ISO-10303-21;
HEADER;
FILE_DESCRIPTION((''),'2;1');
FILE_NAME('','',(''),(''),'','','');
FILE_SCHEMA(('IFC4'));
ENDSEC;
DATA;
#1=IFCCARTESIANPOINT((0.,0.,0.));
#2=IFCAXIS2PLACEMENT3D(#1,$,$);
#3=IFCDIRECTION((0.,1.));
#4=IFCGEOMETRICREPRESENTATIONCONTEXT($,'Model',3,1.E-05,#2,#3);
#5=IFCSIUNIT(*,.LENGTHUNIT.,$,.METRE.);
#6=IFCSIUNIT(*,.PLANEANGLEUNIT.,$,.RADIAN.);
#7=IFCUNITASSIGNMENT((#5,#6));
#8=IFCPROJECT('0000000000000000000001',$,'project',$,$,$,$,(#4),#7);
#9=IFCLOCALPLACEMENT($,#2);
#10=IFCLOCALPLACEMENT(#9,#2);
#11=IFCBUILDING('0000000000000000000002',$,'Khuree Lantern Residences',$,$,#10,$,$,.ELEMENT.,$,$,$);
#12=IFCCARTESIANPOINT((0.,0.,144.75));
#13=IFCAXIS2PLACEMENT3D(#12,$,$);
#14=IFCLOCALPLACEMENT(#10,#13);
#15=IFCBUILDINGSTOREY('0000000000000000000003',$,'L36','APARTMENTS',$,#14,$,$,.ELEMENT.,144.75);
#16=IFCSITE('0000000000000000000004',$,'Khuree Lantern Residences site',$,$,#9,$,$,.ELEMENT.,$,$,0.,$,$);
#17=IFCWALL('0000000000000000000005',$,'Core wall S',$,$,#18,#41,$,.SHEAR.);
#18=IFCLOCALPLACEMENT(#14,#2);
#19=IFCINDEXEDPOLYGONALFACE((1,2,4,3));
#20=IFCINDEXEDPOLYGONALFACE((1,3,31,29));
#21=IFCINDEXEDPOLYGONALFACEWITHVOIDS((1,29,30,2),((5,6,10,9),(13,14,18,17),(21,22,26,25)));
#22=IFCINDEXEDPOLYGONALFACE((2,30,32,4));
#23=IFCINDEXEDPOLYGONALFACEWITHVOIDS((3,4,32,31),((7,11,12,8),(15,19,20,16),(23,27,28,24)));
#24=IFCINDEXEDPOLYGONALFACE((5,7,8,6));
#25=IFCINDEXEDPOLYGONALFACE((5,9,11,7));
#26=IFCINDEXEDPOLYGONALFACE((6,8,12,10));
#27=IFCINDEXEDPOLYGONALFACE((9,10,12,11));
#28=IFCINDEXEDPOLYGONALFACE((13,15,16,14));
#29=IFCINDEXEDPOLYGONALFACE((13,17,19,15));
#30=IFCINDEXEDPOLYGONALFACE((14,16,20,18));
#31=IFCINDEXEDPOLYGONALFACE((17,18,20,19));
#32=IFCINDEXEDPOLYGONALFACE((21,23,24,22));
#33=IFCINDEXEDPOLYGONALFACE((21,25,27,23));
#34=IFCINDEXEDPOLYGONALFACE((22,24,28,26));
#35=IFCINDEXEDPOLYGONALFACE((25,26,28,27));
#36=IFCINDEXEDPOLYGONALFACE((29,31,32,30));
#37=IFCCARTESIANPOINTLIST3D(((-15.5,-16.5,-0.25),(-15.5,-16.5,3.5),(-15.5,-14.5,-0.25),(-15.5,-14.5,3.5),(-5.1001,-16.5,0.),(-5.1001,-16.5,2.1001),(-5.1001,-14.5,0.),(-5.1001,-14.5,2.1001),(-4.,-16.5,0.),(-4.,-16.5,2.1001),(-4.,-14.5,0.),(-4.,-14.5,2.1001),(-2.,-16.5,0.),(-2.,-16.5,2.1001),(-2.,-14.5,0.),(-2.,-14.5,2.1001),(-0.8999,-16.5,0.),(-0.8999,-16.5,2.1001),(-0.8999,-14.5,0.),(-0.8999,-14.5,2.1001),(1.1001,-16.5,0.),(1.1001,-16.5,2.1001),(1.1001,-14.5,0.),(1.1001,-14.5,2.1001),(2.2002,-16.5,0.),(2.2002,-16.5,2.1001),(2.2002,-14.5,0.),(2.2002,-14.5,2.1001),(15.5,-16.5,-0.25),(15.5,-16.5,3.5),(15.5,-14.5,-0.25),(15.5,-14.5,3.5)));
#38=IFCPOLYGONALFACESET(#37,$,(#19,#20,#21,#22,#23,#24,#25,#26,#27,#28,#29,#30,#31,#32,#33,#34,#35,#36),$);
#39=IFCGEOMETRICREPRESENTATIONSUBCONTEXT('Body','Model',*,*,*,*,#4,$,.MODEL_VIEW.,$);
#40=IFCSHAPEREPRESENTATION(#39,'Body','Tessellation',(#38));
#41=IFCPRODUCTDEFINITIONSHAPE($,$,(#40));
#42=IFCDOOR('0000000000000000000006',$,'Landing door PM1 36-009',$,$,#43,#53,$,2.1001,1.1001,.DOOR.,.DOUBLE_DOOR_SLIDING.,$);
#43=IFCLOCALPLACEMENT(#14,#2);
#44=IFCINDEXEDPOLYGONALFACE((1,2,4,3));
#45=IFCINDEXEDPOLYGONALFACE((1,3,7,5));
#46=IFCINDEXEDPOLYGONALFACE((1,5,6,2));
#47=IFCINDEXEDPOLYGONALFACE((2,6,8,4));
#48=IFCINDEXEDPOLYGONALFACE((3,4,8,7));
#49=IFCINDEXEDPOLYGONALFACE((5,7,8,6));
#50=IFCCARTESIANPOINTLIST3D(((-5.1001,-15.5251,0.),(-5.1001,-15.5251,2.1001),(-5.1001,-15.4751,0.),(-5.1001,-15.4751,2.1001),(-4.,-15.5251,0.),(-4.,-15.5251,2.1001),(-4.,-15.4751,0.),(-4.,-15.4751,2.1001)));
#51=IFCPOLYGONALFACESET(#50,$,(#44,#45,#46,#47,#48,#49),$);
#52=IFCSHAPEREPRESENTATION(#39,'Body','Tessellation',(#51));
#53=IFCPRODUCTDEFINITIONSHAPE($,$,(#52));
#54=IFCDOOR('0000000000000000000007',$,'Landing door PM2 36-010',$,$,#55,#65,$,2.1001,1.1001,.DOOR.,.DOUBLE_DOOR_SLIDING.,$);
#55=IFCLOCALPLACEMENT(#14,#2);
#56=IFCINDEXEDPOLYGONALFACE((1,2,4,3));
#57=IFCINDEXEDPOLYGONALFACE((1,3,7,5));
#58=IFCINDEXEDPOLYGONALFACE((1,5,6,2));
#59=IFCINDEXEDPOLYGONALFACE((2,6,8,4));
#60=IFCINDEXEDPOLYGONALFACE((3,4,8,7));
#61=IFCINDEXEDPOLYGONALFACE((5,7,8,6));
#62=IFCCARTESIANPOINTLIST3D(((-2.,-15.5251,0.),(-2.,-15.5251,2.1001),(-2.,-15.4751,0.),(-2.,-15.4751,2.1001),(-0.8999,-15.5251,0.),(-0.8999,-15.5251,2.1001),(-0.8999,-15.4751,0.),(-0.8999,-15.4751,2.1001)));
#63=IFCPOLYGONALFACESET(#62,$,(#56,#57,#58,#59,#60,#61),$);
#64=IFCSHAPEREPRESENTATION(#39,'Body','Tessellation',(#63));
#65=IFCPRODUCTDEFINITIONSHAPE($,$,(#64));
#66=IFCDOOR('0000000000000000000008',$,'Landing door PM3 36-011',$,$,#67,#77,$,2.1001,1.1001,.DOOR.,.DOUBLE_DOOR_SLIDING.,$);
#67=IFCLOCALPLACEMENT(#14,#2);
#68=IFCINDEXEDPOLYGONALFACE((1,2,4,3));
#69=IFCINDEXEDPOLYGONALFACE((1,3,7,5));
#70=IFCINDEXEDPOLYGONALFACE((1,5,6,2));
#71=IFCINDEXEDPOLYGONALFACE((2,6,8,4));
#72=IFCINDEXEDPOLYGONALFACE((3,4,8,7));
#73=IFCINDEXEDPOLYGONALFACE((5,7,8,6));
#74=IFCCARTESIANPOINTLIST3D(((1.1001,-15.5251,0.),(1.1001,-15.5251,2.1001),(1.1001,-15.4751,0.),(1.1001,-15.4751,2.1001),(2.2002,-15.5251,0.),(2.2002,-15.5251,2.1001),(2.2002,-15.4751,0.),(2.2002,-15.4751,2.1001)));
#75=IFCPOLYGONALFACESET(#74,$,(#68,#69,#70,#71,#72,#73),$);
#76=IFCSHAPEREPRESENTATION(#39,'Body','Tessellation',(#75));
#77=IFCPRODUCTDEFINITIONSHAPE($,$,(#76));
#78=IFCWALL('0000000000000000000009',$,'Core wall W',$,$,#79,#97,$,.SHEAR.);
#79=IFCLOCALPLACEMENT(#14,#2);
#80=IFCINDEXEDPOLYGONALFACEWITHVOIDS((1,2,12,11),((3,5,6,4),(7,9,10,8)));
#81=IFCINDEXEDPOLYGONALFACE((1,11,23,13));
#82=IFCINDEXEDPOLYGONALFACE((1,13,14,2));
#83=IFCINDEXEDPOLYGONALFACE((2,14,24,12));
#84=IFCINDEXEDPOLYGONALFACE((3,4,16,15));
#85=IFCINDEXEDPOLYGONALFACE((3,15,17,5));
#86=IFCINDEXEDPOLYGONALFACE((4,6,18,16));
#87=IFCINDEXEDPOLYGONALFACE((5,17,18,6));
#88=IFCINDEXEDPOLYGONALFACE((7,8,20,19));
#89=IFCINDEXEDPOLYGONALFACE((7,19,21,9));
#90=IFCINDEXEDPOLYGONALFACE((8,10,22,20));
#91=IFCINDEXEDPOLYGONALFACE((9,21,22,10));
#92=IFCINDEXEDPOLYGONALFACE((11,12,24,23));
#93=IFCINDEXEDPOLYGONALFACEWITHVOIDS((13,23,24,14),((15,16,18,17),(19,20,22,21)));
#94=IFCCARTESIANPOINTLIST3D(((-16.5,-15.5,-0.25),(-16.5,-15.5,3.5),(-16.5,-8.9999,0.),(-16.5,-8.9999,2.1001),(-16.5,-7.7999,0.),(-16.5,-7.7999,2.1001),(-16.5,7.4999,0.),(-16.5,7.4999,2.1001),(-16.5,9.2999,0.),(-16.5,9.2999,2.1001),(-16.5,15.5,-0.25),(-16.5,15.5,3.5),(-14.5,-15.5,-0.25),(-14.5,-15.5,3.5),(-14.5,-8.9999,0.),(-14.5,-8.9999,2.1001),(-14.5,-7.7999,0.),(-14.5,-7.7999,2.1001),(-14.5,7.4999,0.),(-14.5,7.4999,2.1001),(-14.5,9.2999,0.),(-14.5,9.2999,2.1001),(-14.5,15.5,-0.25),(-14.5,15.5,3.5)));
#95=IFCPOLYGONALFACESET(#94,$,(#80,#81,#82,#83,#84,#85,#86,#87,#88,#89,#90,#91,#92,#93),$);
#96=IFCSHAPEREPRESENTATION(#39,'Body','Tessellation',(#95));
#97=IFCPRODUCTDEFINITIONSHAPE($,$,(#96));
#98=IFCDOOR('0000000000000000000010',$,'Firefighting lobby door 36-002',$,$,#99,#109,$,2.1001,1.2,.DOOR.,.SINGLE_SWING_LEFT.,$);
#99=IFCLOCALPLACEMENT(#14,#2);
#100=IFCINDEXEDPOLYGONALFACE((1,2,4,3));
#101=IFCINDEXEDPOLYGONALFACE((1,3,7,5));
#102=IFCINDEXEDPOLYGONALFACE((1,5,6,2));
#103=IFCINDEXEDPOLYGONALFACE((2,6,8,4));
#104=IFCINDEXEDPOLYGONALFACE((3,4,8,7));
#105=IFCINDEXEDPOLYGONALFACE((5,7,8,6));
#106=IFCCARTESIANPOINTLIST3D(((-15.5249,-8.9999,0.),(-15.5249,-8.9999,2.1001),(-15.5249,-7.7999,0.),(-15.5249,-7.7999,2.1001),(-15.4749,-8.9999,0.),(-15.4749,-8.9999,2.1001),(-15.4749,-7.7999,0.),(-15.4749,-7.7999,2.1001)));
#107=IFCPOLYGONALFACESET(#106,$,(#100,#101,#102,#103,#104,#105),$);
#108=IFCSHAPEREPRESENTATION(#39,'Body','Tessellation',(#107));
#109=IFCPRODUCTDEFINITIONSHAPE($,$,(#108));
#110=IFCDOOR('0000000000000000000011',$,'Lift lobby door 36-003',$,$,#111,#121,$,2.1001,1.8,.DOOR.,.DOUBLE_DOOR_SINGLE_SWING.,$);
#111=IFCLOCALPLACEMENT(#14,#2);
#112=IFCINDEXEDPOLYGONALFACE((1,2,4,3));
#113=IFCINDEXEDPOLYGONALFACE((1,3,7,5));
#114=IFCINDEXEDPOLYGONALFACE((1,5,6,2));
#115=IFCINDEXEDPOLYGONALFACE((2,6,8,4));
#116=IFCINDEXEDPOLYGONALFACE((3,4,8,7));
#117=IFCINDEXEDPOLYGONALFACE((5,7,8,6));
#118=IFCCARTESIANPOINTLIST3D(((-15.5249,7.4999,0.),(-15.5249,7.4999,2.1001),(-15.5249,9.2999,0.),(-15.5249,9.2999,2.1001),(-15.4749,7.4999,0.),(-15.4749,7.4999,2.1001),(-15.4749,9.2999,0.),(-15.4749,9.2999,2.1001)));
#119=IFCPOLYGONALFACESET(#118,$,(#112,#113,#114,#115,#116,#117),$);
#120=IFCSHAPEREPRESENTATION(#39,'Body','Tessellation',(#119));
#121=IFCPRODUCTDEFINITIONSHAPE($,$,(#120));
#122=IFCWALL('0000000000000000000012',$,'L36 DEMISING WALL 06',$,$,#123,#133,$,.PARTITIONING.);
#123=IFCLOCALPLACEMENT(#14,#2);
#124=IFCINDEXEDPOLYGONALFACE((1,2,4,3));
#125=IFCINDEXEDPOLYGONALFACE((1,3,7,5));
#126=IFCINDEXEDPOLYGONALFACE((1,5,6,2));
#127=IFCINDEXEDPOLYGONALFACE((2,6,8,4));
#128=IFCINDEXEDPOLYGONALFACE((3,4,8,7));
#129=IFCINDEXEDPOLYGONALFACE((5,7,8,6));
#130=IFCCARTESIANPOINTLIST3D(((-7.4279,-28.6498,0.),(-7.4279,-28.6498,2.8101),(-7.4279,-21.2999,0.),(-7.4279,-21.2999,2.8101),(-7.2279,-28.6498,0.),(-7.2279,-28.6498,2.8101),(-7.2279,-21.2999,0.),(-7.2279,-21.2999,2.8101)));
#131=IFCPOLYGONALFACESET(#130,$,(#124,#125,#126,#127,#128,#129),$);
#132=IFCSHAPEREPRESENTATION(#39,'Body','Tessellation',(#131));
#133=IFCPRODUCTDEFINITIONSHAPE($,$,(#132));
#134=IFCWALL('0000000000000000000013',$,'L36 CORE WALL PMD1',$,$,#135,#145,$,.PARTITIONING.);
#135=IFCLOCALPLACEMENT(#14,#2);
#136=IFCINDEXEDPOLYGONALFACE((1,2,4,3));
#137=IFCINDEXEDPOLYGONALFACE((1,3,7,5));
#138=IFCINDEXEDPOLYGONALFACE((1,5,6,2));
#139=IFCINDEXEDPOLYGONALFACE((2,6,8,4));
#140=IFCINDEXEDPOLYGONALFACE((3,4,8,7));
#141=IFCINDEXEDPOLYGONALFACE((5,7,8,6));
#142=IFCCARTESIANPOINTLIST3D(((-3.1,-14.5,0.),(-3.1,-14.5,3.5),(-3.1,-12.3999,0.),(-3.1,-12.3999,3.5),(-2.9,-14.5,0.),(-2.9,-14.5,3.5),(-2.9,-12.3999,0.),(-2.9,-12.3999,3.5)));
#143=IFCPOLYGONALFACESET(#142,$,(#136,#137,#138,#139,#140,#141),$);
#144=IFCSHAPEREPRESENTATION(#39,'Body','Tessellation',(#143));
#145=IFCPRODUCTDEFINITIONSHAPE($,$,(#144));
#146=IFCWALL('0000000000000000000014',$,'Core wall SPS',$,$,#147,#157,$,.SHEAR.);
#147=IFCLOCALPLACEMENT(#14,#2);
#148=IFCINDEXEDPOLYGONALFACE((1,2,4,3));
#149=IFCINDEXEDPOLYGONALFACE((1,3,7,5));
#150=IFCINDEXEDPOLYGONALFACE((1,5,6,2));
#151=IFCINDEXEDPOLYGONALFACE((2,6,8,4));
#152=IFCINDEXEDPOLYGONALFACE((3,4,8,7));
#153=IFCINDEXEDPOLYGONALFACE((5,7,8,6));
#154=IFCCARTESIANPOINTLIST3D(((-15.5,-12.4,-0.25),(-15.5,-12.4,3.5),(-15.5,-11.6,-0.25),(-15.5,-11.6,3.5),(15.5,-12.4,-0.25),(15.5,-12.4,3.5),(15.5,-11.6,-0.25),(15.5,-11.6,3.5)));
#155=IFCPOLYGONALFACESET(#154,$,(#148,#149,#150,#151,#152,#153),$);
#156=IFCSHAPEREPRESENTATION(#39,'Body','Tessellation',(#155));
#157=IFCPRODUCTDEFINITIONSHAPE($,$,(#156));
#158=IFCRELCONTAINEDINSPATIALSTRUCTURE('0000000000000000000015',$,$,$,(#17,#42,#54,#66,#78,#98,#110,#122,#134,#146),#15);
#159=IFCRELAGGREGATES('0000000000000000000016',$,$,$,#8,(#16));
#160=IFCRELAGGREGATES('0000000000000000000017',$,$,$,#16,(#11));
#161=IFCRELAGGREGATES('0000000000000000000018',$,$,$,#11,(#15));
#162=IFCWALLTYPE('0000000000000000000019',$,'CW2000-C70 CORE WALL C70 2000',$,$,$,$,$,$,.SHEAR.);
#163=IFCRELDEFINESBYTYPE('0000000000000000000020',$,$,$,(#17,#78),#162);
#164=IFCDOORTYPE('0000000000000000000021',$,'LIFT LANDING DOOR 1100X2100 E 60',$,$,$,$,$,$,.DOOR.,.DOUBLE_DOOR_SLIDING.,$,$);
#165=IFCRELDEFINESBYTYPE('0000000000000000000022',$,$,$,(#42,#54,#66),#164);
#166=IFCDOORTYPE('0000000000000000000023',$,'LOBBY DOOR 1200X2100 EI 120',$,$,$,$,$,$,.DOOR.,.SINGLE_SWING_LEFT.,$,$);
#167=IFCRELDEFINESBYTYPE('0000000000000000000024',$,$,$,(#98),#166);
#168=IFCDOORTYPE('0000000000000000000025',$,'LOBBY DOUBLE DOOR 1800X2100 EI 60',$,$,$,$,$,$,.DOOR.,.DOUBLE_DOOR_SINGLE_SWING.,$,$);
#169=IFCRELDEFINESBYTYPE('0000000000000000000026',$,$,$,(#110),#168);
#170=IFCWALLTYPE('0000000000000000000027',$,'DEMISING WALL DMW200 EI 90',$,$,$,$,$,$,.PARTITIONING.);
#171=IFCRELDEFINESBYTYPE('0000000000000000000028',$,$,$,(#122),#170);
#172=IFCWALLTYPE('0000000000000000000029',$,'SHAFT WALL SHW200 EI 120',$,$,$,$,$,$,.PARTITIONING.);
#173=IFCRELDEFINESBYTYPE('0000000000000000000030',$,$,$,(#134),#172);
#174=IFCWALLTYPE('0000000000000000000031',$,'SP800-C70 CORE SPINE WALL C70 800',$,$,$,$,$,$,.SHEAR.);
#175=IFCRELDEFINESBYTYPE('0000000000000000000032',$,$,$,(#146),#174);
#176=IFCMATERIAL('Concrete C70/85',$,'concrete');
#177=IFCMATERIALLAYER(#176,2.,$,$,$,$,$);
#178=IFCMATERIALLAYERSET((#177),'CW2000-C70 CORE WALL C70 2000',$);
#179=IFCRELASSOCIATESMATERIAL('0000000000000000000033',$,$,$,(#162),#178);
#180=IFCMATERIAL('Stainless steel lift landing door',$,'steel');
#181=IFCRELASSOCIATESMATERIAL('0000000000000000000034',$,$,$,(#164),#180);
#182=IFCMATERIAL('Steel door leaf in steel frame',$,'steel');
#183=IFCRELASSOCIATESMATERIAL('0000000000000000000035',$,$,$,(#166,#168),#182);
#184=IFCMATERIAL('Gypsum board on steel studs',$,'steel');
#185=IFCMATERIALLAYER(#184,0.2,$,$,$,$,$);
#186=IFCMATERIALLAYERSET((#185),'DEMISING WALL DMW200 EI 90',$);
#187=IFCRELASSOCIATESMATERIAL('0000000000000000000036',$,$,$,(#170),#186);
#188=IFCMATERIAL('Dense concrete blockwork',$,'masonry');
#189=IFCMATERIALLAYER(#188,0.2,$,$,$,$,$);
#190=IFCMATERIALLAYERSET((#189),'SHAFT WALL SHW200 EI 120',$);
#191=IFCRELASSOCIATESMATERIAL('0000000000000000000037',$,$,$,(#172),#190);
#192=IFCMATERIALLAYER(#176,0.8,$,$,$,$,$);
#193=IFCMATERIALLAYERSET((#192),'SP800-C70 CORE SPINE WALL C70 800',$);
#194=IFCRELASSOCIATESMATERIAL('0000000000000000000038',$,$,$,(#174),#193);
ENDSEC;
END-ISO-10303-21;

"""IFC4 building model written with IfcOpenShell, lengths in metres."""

from ifc_helpers import new_model, si_unit, direction, frame, frame_2d, origin, place, context, subcontext, project, spatial, rectangle, extrude, material, layer, layer_set, type_object, element, fill, save


model = new_model("IFC4")

# Units and contexts
model_context = context("Model", 3, precision=1e-05, world=origin(), true_north=direction((0.0, 1.0)))
body_context = subcontext(model_context, "Body", "Model", "MODEL_VIEW")
ifc_project = project(units=[si_unit("LENGTHUNIT", "METRE"), si_unit("PLANEANGLEUNIT", "RADIAN")], contexts=[model_context])

# Site, building, storey
site_placement = place(None, origin())
site = spatial("IfcSite", under=ifc_project, at=site_placement, Name="Khuree Lantern Residences site", CompositionType="ELEMENT", RefElevation=0.0)
building_placement = place(site_placement, origin())
building = spatial("IfcBuilding", under=site, at=building_placement, Name="Khuree Lantern Residences", CompositionType="ELEMENT")
storey_placement = place(building_placement, frame((0.0, 0.0, 144.75)))
storey = spatial("IfcBuildingStorey", under=building, at=storey_placement, Name="L36", Description="APARTMENTS", CompositionType="ELEMENT", Elevation=144.75)

# Shared definitions
ifc_material_1 = material(Name="Concrete C70/85", Category="concrete")

# Shared definitions
ifc_material_2 = material(Name="Dense concrete blockwork", Category="masonry")
ifc_material_3 = material(Name="Stainless steel lift landing door", Category="steel")

# Shared definitions
ifc_material_4 = material(Name="Gypsum board on steel studs", Category="steel")

# Walls, openings, doors
ifc_layer_1 = layer(ifc_material_1, 2.0)
ifc_layer_set_1 = layer_set([ifc_layer_1], Name="CW2000-C70 CORE WALL C70 2000")
wall_type_1 = type_object("IfcWallType", Name="CW2000-C70 CORE WALL C70 2000", PredefinedType="SHEAR", material=ifc_layer_set_1)
wall_1_placement = place(storey_placement, frame((-15.5, -15.5, -0.25), z_axis=(0.0, 0.0, 1.0), x_axis=(1.0, 0.0, 0.0)))
wall_1 = element("IfcWall", 1, at=wall_1_placement, inside=storey, type_object=wall_type_1, Name="Core wall S", PredefinedType="SHEAR", context=body_context, shape_type="SweptSolid", body=[
    extrude(rectangle(XDim=31.0, YDim=2.0, at=frame_2d((15.5, 0.0))), origin(), (0.0, 0.0, 1.0), 3.75),
])
opening_1_placement = place(wall_1_placement, frame((10.3999, 0.0, 0.25)))
opening_1 = element("IfcOpeningElement", 2, at=opening_1_placement, cuts=wall_1, PredefinedType="OPENING", context=body_context, shape_type="SweptSolid", body=[
    extrude(rectangle(XDim=1.1001, YDim=2.1001, at=frame_2d((0.55, 1.05))), frame((0.0, 1.01, 0.0), z_axis=(0.0, -1.0, 0.0), x_axis=(1.0, 0.0, 0.0)), (0.0, 0.0, 1.0), 2.02),
])
opening_2_placement = place(wall_1_placement, frame((13.5, 0.0, 0.25)))
opening_2 = element("IfcOpeningElement", 3, at=opening_2_placement, cuts=wall_1, PredefinedType="OPENING", context=body_context, shape_type="SweptSolid", body=[
    extrude(rectangle(XDim=1.1001, YDim=2.1001, at=frame_2d((0.55, 1.05))), frame((0.0, 1.01, 0.0), z_axis=(0.0, -1.0, 0.0), x_axis=(1.0, 0.0, 0.0)), (0.0, 0.0, 1.0), 2.02),
])
opening_3_placement = place(wall_1_placement, frame((16.6001, 0.0, 0.25)))
opening_3 = element("IfcOpeningElement", 4, at=opening_3_placement, cuts=wall_1, PredefinedType="OPENING", context=body_context, shape_type="SweptSolid", body=[
    extrude(rectangle(XDim=1.1001, YDim=2.1001, at=frame_2d((0.55, 1.05))), frame((0.0, 1.01, 0.0), z_axis=(0.0, -1.0, 0.0), x_axis=(1.0, 0.0, 0.0)), (0.0, 0.0, 1.0), 2.02),
])
door_type_1 = type_object("IfcDoorType", Name="LIFT LANDING DOOR 1100X2100 E 60", OperationType="DOUBLE_DOOR_SLIDING", PredefinedType="DOOR", material=ifc_material_3)
door_1_placement = place(opening_1_placement, origin())
door_1 = element("IfcDoor", 5, at=door_1_placement, inside=storey, type_object=door_type_1, Name="Landing door PM1 36-009", OperationType="DOUBLE_DOOR_SLIDING", OverallHeight=2.1001, OverallWidth=1.1001, PredefinedType="DOOR", context=body_context, shape_type="SweptSolid", body=[
    extrude(rectangle(XDim=1.1001, YDim=2.1001, at=frame_2d((0.55, 1.05))), frame((0.0, 0.0249, 0.0), z_axis=(0.0, -1.0, 0.0), x_axis=(1.0, 0.0, 0.0)), (0.0, 0.0, 1.0), 0.05),
])
fill(opening_1, door_1)
door_2_placement = place(opening_2_placement, origin())
door_2 = element("IfcDoor", 6, at=door_2_placement, inside=storey, type_object=door_type_1, Name="Landing door PM2 36-010", OperationType="DOUBLE_DOOR_SLIDING", OverallHeight=2.1001, OverallWidth=1.1001, PredefinedType="DOOR", context=body_context, shape_type="SweptSolid", body=[
    extrude(rectangle(XDim=1.1001, YDim=2.1001, at=frame_2d((0.55, 1.05))), frame((0.0, 0.0249, 0.0), z_axis=(0.0, -1.0, 0.0), x_axis=(1.0, 0.0, 0.0)), (0.0, 0.0, 1.0), 0.05),
])
fill(opening_2, door_2)
door_3_placement = place(opening_3_placement, origin())
door_3 = element("IfcDoor", 7, at=door_3_placement, inside=storey, type_object=door_type_1, Name="Landing door PM3 36-011", OperationType="DOUBLE_DOOR_SLIDING", OverallHeight=2.1001, OverallWidth=1.1001, PredefinedType="DOOR", context=body_context, shape_type="SweptSolid", body=[
    extrude(rectangle(XDim=1.1001, YDim=2.1001, at=frame_2d((0.55, 1.05))), frame((0.0, 0.0249, 0.0), z_axis=(0.0, -1.0, 0.0), x_axis=(1.0, 0.0, 0.0)), (0.0, 0.0, 1.0), 0.05),
])
fill(opening_3, door_3)
wall_2_placement = place(storey_placement, frame((-15.5, -15.5, -0.25), z_axis=(0.0, 0.0, 1.0), x_axis=(0.0, 1.0, 0.0)))
wall_2 = element("IfcWall", 8, at=wall_2_placement, inside=storey, type_object=wall_type_1, Name="Core wall W", PredefinedType="SHEAR", context=body_context, shape_type="SweptSolid", body=[
    extrude(rectangle(XDim=31.0, YDim=2.0, at=frame_2d((15.5, 0.0))), origin(), (0.0, 0.0, 1.0), 3.75),
])
opening_4_placement = place(wall_2_placement, frame((6.5, 0.0, 0.25)))
opening_4 = element("IfcOpeningElement", 9, at=opening_4_placement, cuts=wall_2, PredefinedType="OPENING", context=body_context, shape_type="SweptSolid", body=[
    extrude(rectangle(XDim=1.2, YDim=2.1001, at=frame_2d((0.6001, 1.05))), frame((0.0, 1.01, 0.0), z_axis=(0.0, -1.0, 0.0), x_axis=(1.0, 0.0, 0.0)), (0.0, 0.0, 1.0), 2.02),
])
opening_5_placement = place(wall_2_placement, frame((23.0, 0.0, 0.25)))
opening_5 = element("IfcOpeningElement", 10, at=opening_5_placement, cuts=wall_2, PredefinedType="OPENING", context=body_context, shape_type="SweptSolid", body=[
    extrude(rectangle(XDim=1.8, YDim=2.1001, at=frame_2d((0.8999, 1.05))), frame((0.0, 1.01, 0.0), z_axis=(0.0, -1.0, 0.0), x_axis=(1.0, 0.0, 0.0)), (0.0, 0.0, 1.0), 2.02),
])
ifc_material_5 = material(Name="Steel door leaf in steel frame", Category="steel")
door_type_2 = type_object("IfcDoorType", Name="LOBBY DOOR 1200X2100 EI 120", OperationType="SINGLE_SWING_LEFT", PredefinedType="DOOR", material=ifc_material_5)
door_4_placement = place(opening_4_placement, origin())
door_4 = element("IfcDoor", 11, at=door_4_placement, inside=storey, type_object=door_type_2, Name="Firefighting lobby door 36-002", OperationType="SINGLE_SWING_LEFT", OverallHeight=2.1001, OverallWidth=1.2, PredefinedType="DOOR", context=body_context, shape_type="SweptSolid", body=[
    extrude(rectangle(XDim=1.2, YDim=2.1001, at=frame_2d((0.6001, 1.05))), frame((0.0, 0.0249, 0.0), z_axis=(0.0, -1.0, 0.0), x_axis=(1.0, 0.0, 0.0)), (0.0, 0.0, 1.0), 0.05),
])
fill(opening_4, door_4)
door_type_3 = type_object("IfcDoorType", Name="LOBBY DOUBLE DOOR 1800X2100 EI 60", OperationType="DOUBLE_DOOR_SINGLE_SWING", PredefinedType="DOOR", material=ifc_material_5)
door_5_placement = place(opening_5_placement, origin())
door_5 = element("IfcDoor", 12, at=door_5_placement, inside=storey, type_object=door_type_3, Name="Lift lobby door 36-003", OperationType="DOUBLE_DOOR_SINGLE_SWING", OverallHeight=2.1001, OverallWidth=1.8, PredefinedType="DOOR", context=body_context, shape_type="SweptSolid", body=[
    extrude(rectangle(XDim=1.8, YDim=2.1001, at=frame_2d((0.8999, 1.05))), frame((0.0, 0.0249, 0.0), z_axis=(0.0, -1.0, 0.0), x_axis=(1.0, 0.0, 0.0)), (0.0, 0.0, 1.0), 0.05),
])
fill(opening_5, door_5)

# Walls
ifc_layer_2 = layer(ifc_material_4, 0.2)
ifc_layer_set_2 = layer_set([ifc_layer_2], Name="DEMISING WALL DMW200 EI 90")
wall_type_2 = type_object("IfcWallType", Name="DEMISING WALL DMW200 EI 90", PredefinedType="PARTITIONING", material=ifc_layer_set_2)
wall_3_placement = place(storey_placement, frame((-7.3279, -21.3, 0.0), z_axis=(0.0, 0.0, 1.0), x_axis=(0.0, -1.0, 0.0)))
element("IfcWall", 13, at=wall_3_placement, inside=storey, type_object=wall_type_2, Name="L36 DEMISING WALL 06", PredefinedType="PARTITIONING", context=body_context, shape_type="SweptSolid", body=[
    extrude(rectangle(XDim=7.3499, YDim=0.2, at=frame_2d((3.6748, 0.0))), origin(), (0.0, 0.0, 1.0), 2.8101),
])
ifc_layer_3 = layer(ifc_material_2, 0.2)
ifc_layer_set_3 = layer_set([ifc_layer_3], Name="SHAFT WALL SHW200 EI 120")
wall_type_3 = type_object("IfcWallType", Name="SHAFT WALL SHW200 EI 120", PredefinedType="PARTITIONING", material=ifc_layer_set_3)
wall_4_placement = place(storey_placement, frame((-3.0, -14.5, 0.0), z_axis=(0.0, 0.0, 1.0), x_axis=(0.0, 1.0, 0.0)))
element("IfcWall", 14, at=wall_4_placement, inside=storey, type_object=wall_type_3, Name="L36 CORE WALL PMD1", PredefinedType="PARTITIONING", context=body_context, shape_type="SweptSolid", body=[
    extrude(rectangle(XDim=2.1001, YDim=0.2, at=frame_2d((1.05, 0.0))), origin(), (0.0, 0.0, 1.0), 3.5),
])
ifc_layer_4 = layer(ifc_material_1, 0.8)
ifc_layer_set_4 = layer_set([ifc_layer_4], Name="SP800-C70 CORE SPINE WALL C70 800")
wall_type_4 = type_object("IfcWallType", Name="SP800-C70 CORE SPINE WALL C70 800", PredefinedType="SHEAR", material=ifc_layer_set_4)
wall_5_placement = place(storey_placement, frame((-15.5, -12.0, -0.25), z_axis=(0.0, 0.0, 1.0), x_axis=(1.0, 0.0, 0.0)))
element("IfcWall", 15, at=wall_5_placement, inside=storey, type_object=wall_type_4, Name="Core wall SPS", PredefinedType="SHEAR", context=body_context, shape_type="SweptSolid", body=[
    extrude(rectangle(XDim=31.0, YDim=0.8, at=frame_2d((15.5, 0.0))), origin(), (0.0, 0.0, 1.0), 3.75),
])

save(model, "model.ifc")
